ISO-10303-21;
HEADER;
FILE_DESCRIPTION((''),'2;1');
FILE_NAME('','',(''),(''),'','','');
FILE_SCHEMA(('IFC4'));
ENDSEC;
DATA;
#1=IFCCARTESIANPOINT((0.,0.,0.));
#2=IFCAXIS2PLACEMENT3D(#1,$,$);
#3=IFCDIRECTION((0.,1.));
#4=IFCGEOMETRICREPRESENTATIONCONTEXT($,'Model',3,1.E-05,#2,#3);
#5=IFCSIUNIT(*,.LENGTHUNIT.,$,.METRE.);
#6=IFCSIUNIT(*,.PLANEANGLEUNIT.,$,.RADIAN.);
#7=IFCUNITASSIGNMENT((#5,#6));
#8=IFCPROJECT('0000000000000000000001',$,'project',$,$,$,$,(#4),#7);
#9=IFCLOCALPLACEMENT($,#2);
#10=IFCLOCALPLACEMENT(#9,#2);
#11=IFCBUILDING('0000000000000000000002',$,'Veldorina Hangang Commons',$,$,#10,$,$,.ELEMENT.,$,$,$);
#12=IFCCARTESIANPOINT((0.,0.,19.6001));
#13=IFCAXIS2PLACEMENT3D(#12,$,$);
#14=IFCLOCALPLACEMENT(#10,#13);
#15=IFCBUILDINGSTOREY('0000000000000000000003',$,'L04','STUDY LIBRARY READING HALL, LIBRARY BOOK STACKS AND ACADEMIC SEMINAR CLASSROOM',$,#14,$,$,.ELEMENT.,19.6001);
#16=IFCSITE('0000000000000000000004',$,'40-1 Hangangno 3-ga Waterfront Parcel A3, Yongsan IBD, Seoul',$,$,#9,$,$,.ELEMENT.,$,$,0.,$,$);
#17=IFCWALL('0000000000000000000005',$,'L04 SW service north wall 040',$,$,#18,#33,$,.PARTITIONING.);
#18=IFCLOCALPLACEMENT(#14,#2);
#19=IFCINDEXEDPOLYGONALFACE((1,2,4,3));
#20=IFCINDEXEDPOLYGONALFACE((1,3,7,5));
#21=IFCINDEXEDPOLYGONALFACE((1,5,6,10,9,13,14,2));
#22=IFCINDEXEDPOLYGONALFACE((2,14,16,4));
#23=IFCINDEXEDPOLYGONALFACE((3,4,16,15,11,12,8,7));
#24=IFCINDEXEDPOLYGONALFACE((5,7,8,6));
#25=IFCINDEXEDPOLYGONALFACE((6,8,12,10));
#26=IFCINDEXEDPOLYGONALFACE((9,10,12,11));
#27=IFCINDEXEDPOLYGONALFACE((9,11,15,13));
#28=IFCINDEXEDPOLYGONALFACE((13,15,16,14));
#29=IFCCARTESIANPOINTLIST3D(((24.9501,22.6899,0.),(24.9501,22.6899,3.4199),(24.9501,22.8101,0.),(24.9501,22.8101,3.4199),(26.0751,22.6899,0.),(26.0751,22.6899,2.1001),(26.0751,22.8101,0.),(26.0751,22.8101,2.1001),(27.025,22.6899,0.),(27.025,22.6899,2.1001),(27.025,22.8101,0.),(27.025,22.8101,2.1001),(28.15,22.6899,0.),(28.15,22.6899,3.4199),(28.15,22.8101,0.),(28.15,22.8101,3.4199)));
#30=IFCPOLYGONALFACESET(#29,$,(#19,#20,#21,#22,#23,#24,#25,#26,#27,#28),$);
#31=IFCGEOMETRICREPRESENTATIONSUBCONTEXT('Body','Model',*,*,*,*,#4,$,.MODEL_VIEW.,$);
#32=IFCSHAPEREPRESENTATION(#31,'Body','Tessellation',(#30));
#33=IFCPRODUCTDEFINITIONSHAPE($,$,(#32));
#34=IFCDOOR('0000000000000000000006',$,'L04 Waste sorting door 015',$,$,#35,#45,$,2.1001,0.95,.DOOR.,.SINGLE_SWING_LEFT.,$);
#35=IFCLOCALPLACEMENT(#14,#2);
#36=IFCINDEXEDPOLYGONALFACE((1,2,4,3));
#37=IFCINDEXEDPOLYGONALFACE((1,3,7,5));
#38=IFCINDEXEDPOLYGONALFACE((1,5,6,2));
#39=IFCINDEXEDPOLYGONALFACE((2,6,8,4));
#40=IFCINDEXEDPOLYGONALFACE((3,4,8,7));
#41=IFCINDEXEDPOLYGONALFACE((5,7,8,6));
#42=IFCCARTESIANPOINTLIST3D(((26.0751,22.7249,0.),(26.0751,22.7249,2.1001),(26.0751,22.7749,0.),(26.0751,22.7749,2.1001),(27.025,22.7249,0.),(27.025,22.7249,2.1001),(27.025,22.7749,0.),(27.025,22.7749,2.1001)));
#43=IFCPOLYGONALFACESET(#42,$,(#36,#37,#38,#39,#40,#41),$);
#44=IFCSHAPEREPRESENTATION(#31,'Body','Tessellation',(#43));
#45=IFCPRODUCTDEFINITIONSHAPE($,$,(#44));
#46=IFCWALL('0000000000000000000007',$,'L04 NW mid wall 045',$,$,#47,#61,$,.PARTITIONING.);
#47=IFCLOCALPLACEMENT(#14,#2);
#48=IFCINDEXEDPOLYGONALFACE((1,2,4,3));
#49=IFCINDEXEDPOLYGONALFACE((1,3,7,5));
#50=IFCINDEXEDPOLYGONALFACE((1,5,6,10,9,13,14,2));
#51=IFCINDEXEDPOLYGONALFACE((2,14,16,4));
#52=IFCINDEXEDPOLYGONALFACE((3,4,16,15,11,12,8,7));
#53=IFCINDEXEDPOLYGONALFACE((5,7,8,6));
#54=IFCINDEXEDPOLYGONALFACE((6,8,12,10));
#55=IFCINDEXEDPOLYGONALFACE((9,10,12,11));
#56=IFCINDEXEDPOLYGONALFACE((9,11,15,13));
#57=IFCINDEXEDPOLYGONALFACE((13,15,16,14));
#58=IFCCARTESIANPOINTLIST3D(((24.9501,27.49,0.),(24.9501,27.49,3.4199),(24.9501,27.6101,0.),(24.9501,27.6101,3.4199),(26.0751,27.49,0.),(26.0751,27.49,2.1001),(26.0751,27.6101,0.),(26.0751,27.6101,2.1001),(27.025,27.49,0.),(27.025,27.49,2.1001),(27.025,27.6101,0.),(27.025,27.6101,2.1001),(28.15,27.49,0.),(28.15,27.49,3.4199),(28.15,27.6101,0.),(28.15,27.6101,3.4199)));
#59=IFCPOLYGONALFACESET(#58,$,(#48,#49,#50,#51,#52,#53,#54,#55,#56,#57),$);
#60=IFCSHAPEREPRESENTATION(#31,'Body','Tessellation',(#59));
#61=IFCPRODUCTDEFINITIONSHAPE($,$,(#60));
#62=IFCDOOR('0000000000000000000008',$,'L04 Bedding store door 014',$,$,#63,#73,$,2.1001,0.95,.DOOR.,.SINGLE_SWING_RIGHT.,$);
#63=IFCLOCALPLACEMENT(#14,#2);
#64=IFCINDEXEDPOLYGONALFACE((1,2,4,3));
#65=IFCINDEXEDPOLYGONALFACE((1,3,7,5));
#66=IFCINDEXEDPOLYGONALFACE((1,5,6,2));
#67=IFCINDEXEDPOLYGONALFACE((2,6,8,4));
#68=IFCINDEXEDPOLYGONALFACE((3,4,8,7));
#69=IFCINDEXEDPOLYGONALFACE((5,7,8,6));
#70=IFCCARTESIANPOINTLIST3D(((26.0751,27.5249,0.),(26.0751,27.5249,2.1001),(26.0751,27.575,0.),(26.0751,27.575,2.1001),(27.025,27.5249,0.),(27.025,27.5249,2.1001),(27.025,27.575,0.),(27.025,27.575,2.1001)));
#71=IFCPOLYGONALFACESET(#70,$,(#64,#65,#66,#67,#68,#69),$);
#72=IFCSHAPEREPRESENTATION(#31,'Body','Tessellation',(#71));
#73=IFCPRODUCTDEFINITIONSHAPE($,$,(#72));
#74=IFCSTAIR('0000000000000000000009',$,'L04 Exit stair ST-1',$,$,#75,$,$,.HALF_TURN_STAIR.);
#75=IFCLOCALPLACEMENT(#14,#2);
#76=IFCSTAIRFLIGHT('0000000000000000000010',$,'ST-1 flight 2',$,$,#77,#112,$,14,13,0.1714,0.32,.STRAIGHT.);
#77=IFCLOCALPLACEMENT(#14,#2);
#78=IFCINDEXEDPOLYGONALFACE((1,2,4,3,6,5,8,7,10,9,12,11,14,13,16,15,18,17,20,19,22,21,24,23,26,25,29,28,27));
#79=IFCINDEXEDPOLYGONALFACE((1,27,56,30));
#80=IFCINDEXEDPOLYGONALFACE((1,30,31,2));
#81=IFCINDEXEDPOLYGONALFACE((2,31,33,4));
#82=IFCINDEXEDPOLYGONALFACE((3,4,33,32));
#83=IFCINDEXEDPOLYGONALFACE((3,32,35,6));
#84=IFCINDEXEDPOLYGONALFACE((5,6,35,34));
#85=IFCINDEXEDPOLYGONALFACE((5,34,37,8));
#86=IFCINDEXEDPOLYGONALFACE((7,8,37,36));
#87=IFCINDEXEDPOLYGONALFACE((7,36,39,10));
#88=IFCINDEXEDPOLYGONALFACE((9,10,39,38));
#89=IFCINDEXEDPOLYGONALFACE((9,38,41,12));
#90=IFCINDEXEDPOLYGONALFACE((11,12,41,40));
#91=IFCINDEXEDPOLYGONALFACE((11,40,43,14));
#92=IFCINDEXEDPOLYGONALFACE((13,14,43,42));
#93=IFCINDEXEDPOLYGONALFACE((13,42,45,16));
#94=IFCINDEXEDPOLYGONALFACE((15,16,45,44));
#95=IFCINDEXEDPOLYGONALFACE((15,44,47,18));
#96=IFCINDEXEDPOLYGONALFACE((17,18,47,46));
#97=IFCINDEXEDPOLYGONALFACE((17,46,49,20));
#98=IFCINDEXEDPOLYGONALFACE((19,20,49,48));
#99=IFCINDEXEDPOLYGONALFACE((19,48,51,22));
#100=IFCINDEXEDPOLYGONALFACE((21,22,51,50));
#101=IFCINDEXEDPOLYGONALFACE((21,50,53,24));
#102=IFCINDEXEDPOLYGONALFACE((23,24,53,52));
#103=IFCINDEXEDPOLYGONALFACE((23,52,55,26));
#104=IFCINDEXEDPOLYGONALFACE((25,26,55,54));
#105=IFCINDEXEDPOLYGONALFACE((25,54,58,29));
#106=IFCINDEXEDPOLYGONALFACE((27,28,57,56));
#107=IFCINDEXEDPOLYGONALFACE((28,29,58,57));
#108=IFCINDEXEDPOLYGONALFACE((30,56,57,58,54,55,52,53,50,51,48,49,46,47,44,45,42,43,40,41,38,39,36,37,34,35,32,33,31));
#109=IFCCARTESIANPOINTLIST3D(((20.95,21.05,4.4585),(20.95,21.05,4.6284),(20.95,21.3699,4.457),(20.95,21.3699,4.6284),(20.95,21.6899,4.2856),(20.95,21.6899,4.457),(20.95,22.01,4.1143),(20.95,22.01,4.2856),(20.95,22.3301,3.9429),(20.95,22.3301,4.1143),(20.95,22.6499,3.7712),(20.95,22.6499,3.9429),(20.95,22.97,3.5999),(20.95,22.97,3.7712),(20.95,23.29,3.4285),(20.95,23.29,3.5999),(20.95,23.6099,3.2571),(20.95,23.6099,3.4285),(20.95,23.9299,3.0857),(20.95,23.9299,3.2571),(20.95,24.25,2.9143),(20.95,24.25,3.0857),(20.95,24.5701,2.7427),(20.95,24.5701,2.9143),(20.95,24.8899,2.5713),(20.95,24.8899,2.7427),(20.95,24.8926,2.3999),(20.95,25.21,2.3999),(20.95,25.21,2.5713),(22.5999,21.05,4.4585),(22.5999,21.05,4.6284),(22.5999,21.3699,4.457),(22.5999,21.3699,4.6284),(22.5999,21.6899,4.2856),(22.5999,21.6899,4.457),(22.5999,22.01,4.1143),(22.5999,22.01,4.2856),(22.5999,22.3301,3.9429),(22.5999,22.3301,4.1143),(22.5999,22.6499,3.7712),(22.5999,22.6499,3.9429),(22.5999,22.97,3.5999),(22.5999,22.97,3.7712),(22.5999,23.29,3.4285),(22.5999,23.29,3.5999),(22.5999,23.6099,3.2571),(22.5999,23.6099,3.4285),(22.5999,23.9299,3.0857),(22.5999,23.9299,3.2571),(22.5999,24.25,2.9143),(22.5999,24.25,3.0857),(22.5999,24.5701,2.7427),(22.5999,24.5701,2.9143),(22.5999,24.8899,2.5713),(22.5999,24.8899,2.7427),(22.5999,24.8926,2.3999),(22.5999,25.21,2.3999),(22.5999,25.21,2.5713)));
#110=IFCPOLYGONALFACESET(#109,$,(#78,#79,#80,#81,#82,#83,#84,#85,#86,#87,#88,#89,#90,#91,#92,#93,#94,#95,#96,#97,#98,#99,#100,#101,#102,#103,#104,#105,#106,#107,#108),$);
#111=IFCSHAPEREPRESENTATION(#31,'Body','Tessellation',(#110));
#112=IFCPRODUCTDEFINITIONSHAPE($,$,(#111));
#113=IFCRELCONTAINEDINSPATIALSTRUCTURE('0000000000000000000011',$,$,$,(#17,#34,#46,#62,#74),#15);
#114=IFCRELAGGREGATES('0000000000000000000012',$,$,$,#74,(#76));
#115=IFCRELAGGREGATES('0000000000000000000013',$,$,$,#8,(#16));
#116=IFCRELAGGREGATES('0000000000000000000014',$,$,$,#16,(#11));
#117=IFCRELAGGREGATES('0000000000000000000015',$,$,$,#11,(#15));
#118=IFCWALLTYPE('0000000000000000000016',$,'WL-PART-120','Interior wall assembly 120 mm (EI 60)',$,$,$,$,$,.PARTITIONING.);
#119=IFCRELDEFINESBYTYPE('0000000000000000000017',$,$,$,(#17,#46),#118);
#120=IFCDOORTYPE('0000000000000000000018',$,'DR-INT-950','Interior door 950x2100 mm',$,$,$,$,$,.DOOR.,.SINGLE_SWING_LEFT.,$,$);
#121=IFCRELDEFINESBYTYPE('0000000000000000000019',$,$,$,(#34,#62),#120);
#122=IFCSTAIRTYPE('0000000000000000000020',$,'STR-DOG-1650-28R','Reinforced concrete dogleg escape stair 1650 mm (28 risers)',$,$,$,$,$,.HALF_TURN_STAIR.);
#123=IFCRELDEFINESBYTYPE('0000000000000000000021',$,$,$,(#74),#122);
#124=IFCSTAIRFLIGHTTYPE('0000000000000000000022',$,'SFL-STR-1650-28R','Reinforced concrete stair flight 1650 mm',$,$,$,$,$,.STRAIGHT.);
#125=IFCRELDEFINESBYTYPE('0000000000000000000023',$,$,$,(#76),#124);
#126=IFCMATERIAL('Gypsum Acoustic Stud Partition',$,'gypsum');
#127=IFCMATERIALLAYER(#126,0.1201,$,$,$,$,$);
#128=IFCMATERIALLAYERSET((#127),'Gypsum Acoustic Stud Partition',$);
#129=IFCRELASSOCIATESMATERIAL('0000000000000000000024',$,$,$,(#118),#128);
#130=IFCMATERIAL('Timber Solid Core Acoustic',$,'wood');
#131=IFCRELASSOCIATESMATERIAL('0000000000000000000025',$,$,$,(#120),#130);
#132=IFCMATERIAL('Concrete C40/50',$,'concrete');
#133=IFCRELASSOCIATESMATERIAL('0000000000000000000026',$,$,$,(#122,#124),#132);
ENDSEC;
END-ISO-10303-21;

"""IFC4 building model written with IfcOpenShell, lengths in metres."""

from ifc_helpers import new_model, si_unit, direction, frame, frame_2d, origin, place, context, subcontext, project, spatial, polyline, rectangle, outline, extrude, material, layer, layer_set, type_object, element, fill, aggregate, save


model = new_model("IFC4")

# Units and contexts
model_context = context("Model", 3, precision=1e-05, world=origin(), true_north=direction((0.0, 1.0)))
body_context = subcontext(model_context, "Body", "Model", "MODEL_VIEW")
ifc_project = project(units=[si_unit("LENGTHUNIT", "METRE"), si_unit("PLANEANGLEUNIT", "RADIAN")], contexts=[model_context])

# Site, building, storey
site_placement = place(None, origin())
site = spatial("IfcSite", under=ifc_project, at=site_placement, Name="40-1 Hangangno 3-ga Waterfront Parcel A3, Yongsan IBD, Seoul", CompositionType="ELEMENT", RefElevation=0.0)
building_placement = place(site_placement, origin())
building = spatial("IfcBuilding", under=site, at=building_placement, Name="Veldorina Hangang Commons", CompositionType="ELEMENT")
storey_placement = place(building_placement, frame((0.0, 0.0, 19.6001)))
storey = spatial("IfcBuildingStorey", under=building, at=storey_placement, Name="L04", Description="STUDY LIBRARY READING HALL, LIBRARY BOOK STACKS AND ACADEMIC SEMINAR CLASSROOM", CompositionType="ELEMENT", Elevation=19.6001)

# Walls, openings, doors
ifc_material_1 = material(Name="Gypsum Acoustic Stud Partition", Category="gypsum")
ifc_layer_1 = layer(ifc_material_1, 0.1201)
ifc_layer_set_1 = layer_set([ifc_layer_1], Name="Gypsum Acoustic Stud Partition")
wall_type_1 = type_object("IfcWallType", Name="WL-PART-120", Description="Interior wall assembly 120 mm (EI 60)", PredefinedType="PARTITIONING", material=ifc_layer_set_1)
ifc_material_2 = material(Name="Timber Solid Core Acoustic", Category="wood")
door_type_1 = type_object("IfcDoorType", Name="DR-INT-950", Description="Interior door 950x2100 mm", OperationType="SINGLE_SWING_LEFT", PredefinedType="DOOR", material=ifc_material_2)
wall_1_placement = place(storey_placement, frame((24.95, 22.75, 0.0), z_axis=(0.0, 0.0, 1.0), x_axis=(1.0, 0.0, 0.0)))
wall_1 = element("IfcWall", 1, at=wall_1_placement, inside=storey, type_object=wall_type_1, Name="L04 SW service north wall 040", PredefinedType="PARTITIONING", context=body_context, shape_type="SweptSolid", body=[
    extrude(rectangle(XDim=3.2, YDim=0.1201, at=frame_2d((1.6001, 0.0))), origin(), (0.0, 0.0, 1.0), 3.4199),
])
opening_1_placement = place(wall_1_placement, frame((1.125, 0.0, 0.0)))
opening_1 = element("IfcOpeningElement", 2, at=opening_1_placement, cuts=wall_1, PredefinedType="OPENING", context=body_context, shape_type="SweptSolid", body=[
    extrude(rectangle(XDim=0.95, YDim=2.1001, at=frame_2d((0.4751, 1.05))), frame((0.0, 0.0701, 0.0), z_axis=(0.0, -1.0, 0.0), x_axis=(1.0, 0.0, 0.0)), (0.0, 0.0, 1.0), 0.1401),
])
door_1_placement = place(opening_1_placement, origin())
door_1 = element("IfcDoor", 3, at=door_1_placement, inside=storey, type_object=door_type_1, Name="L04 Waste sorting door 015", OperationType="SINGLE_SWING_LEFT", OverallHeight=2.1001, OverallWidth=0.95, PredefinedType="DOOR", context=body_context, shape_type="SweptSolid", body=[
    extrude(rectangle(XDim=0.95, YDim=2.1001, at=frame_2d((0.4751, 1.05))), frame((0.0, 0.0249, 0.0), z_axis=(0.0, -1.0, 0.0), x_axis=(1.0, 0.0, 0.0)), (0.0, 0.0, 1.0), 0.05),
])
fill(opening_1, door_1)
wall_2_placement = place(storey_placement, frame((24.95, 27.55, 0.0), z_axis=(0.0, 0.0, 1.0), x_axis=(1.0, 0.0, 0.0)))
wall_2 = element("IfcWall", 4, at=wall_2_placement, inside=storey, type_object=wall_type_1, Name="L04 NW mid wall 045", PredefinedType="PARTITIONING", context=body_context, shape_type="SweptSolid", body=[
    extrude(rectangle(XDim=3.2, YDim=0.1201, at=frame_2d((1.6001, 0.0))), origin(), (0.0, 0.0, 1.0), 3.4199),
])
opening_2_placement = place(wall_2_placement, frame((1.125, 0.0, 0.0)))
opening_2 = element("IfcOpeningElement", 5, at=opening_2_placement, cuts=wall_2, PredefinedType="OPENING", context=body_context, shape_type="SweptSolid", body=[
    extrude(rectangle(XDim=0.95, YDim=2.1001, at=frame_2d((0.4751, 1.05))), frame((0.0, 0.0701, 0.0), z_axis=(0.0, -1.0, 0.0), x_axis=(1.0, 0.0, 0.0)), (0.0, 0.0, 1.0), 0.1401),
])
door_2_placement = place(opening_2_placement, origin())
door_2 = element("IfcDoor", 6, at=door_2_placement, inside=storey, type_object=door_type_1, Name="L04 Bedding store door 014", OperationType="SINGLE_SWING_RIGHT", OverallHeight=2.1001, OverallWidth=0.95, PredefinedType="DOOR", context=body_context, shape_type="SweptSolid", body=[
    extrude(rectangle(XDim=0.95, YDim=2.1001, at=frame_2d((0.4751, 1.05))), frame((0.0, 0.0249, 0.0), z_axis=(0.0, -1.0, 0.0), x_axis=(1.0, 0.0, 0.0)), (0.0, 0.0, 1.0), 0.05),
])
fill(opening_2, door_2)

# Stair, stair flight
ifc_material_3 = material(Name="Concrete C40/50", Category="concrete")
stair_type = type_object("IfcStairType", Name="STR-DOG-1650-28R", Description="Reinforced concrete dogleg escape stair 1650 mm (28 risers)", PredefinedType="HALF_TURN_STAIR", material=ifc_material_3)
stair_placement = place(storey_placement, origin())
stair = element("IfcStair", 7, at=stair_placement, inside=storey, type_object=stair_type, Name="L04 Exit stair ST-1", PredefinedType="HALF_TURN_STAIR")
stair_flight_type = type_object("IfcStairFlightType", Name="SFL-STR-1650-28R", Description="Reinforced concrete stair flight 1650 mm", PredefinedType="STRAIGHT", material=ifc_material_3)
stair_flight_placement = place(storey_placement, frame((21.7749, 25.21, 2.3999), z_axis=(0.0, 0.0, 1.0), x_axis=(0.0, -1.0, 0.0)))
stair_flight = element("IfcStairFlight", 8, at=stair_flight_placement, type_object=stair_flight_type, Name="ST-1 flight 2", NumberOfRisers=14, NumberOfTreads=13, PredefinedType="STRAIGHT", RiserHeight=0.1714, TreadLength=0.32, context=body_context, shape_type="SweptSolid", body=[
    extrude(outline(polyline([(0.0, 0.0), (0.0, 0.1714), (0.3201, 0.1714), (0.3201, 0.3428), (0.6399, 0.3428), (0.6399, 0.5144), (0.96, 0.5144), (0.96, 0.6858), (1.28, 0.6858), (1.28, 0.8572), (1.6001, 0.8572), (1.6001, 1.0286), (1.9199, 1.0286), (1.9199, 1.2), (2.24, 1.2), (2.24, 1.3713), (2.5601, 1.3713), (2.5601, 1.543), (2.8799, 1.543), (2.8799, 1.7144), (3.2, 1.7144), (3.2, 1.8857), (3.52, 1.8857), (3.52, 2.0571), (3.8401, 2.0571), (3.8401, 2.2285), (4.1599, 2.2285), (4.1599, 2.3999), (4.1599, 2.0586), (0.3174, 0.0), (0.0, 0.0)])), frame((0.0, 0.825, 0.0), z_axis=(0.0, -1.0, 0.0), x_axis=(1.0, 0.0, 0.0)), (0.0, 0.0, 1.0), 1.6499),
])
aggregate(stair, [stair_flight])

save(model, "model.ifc")
